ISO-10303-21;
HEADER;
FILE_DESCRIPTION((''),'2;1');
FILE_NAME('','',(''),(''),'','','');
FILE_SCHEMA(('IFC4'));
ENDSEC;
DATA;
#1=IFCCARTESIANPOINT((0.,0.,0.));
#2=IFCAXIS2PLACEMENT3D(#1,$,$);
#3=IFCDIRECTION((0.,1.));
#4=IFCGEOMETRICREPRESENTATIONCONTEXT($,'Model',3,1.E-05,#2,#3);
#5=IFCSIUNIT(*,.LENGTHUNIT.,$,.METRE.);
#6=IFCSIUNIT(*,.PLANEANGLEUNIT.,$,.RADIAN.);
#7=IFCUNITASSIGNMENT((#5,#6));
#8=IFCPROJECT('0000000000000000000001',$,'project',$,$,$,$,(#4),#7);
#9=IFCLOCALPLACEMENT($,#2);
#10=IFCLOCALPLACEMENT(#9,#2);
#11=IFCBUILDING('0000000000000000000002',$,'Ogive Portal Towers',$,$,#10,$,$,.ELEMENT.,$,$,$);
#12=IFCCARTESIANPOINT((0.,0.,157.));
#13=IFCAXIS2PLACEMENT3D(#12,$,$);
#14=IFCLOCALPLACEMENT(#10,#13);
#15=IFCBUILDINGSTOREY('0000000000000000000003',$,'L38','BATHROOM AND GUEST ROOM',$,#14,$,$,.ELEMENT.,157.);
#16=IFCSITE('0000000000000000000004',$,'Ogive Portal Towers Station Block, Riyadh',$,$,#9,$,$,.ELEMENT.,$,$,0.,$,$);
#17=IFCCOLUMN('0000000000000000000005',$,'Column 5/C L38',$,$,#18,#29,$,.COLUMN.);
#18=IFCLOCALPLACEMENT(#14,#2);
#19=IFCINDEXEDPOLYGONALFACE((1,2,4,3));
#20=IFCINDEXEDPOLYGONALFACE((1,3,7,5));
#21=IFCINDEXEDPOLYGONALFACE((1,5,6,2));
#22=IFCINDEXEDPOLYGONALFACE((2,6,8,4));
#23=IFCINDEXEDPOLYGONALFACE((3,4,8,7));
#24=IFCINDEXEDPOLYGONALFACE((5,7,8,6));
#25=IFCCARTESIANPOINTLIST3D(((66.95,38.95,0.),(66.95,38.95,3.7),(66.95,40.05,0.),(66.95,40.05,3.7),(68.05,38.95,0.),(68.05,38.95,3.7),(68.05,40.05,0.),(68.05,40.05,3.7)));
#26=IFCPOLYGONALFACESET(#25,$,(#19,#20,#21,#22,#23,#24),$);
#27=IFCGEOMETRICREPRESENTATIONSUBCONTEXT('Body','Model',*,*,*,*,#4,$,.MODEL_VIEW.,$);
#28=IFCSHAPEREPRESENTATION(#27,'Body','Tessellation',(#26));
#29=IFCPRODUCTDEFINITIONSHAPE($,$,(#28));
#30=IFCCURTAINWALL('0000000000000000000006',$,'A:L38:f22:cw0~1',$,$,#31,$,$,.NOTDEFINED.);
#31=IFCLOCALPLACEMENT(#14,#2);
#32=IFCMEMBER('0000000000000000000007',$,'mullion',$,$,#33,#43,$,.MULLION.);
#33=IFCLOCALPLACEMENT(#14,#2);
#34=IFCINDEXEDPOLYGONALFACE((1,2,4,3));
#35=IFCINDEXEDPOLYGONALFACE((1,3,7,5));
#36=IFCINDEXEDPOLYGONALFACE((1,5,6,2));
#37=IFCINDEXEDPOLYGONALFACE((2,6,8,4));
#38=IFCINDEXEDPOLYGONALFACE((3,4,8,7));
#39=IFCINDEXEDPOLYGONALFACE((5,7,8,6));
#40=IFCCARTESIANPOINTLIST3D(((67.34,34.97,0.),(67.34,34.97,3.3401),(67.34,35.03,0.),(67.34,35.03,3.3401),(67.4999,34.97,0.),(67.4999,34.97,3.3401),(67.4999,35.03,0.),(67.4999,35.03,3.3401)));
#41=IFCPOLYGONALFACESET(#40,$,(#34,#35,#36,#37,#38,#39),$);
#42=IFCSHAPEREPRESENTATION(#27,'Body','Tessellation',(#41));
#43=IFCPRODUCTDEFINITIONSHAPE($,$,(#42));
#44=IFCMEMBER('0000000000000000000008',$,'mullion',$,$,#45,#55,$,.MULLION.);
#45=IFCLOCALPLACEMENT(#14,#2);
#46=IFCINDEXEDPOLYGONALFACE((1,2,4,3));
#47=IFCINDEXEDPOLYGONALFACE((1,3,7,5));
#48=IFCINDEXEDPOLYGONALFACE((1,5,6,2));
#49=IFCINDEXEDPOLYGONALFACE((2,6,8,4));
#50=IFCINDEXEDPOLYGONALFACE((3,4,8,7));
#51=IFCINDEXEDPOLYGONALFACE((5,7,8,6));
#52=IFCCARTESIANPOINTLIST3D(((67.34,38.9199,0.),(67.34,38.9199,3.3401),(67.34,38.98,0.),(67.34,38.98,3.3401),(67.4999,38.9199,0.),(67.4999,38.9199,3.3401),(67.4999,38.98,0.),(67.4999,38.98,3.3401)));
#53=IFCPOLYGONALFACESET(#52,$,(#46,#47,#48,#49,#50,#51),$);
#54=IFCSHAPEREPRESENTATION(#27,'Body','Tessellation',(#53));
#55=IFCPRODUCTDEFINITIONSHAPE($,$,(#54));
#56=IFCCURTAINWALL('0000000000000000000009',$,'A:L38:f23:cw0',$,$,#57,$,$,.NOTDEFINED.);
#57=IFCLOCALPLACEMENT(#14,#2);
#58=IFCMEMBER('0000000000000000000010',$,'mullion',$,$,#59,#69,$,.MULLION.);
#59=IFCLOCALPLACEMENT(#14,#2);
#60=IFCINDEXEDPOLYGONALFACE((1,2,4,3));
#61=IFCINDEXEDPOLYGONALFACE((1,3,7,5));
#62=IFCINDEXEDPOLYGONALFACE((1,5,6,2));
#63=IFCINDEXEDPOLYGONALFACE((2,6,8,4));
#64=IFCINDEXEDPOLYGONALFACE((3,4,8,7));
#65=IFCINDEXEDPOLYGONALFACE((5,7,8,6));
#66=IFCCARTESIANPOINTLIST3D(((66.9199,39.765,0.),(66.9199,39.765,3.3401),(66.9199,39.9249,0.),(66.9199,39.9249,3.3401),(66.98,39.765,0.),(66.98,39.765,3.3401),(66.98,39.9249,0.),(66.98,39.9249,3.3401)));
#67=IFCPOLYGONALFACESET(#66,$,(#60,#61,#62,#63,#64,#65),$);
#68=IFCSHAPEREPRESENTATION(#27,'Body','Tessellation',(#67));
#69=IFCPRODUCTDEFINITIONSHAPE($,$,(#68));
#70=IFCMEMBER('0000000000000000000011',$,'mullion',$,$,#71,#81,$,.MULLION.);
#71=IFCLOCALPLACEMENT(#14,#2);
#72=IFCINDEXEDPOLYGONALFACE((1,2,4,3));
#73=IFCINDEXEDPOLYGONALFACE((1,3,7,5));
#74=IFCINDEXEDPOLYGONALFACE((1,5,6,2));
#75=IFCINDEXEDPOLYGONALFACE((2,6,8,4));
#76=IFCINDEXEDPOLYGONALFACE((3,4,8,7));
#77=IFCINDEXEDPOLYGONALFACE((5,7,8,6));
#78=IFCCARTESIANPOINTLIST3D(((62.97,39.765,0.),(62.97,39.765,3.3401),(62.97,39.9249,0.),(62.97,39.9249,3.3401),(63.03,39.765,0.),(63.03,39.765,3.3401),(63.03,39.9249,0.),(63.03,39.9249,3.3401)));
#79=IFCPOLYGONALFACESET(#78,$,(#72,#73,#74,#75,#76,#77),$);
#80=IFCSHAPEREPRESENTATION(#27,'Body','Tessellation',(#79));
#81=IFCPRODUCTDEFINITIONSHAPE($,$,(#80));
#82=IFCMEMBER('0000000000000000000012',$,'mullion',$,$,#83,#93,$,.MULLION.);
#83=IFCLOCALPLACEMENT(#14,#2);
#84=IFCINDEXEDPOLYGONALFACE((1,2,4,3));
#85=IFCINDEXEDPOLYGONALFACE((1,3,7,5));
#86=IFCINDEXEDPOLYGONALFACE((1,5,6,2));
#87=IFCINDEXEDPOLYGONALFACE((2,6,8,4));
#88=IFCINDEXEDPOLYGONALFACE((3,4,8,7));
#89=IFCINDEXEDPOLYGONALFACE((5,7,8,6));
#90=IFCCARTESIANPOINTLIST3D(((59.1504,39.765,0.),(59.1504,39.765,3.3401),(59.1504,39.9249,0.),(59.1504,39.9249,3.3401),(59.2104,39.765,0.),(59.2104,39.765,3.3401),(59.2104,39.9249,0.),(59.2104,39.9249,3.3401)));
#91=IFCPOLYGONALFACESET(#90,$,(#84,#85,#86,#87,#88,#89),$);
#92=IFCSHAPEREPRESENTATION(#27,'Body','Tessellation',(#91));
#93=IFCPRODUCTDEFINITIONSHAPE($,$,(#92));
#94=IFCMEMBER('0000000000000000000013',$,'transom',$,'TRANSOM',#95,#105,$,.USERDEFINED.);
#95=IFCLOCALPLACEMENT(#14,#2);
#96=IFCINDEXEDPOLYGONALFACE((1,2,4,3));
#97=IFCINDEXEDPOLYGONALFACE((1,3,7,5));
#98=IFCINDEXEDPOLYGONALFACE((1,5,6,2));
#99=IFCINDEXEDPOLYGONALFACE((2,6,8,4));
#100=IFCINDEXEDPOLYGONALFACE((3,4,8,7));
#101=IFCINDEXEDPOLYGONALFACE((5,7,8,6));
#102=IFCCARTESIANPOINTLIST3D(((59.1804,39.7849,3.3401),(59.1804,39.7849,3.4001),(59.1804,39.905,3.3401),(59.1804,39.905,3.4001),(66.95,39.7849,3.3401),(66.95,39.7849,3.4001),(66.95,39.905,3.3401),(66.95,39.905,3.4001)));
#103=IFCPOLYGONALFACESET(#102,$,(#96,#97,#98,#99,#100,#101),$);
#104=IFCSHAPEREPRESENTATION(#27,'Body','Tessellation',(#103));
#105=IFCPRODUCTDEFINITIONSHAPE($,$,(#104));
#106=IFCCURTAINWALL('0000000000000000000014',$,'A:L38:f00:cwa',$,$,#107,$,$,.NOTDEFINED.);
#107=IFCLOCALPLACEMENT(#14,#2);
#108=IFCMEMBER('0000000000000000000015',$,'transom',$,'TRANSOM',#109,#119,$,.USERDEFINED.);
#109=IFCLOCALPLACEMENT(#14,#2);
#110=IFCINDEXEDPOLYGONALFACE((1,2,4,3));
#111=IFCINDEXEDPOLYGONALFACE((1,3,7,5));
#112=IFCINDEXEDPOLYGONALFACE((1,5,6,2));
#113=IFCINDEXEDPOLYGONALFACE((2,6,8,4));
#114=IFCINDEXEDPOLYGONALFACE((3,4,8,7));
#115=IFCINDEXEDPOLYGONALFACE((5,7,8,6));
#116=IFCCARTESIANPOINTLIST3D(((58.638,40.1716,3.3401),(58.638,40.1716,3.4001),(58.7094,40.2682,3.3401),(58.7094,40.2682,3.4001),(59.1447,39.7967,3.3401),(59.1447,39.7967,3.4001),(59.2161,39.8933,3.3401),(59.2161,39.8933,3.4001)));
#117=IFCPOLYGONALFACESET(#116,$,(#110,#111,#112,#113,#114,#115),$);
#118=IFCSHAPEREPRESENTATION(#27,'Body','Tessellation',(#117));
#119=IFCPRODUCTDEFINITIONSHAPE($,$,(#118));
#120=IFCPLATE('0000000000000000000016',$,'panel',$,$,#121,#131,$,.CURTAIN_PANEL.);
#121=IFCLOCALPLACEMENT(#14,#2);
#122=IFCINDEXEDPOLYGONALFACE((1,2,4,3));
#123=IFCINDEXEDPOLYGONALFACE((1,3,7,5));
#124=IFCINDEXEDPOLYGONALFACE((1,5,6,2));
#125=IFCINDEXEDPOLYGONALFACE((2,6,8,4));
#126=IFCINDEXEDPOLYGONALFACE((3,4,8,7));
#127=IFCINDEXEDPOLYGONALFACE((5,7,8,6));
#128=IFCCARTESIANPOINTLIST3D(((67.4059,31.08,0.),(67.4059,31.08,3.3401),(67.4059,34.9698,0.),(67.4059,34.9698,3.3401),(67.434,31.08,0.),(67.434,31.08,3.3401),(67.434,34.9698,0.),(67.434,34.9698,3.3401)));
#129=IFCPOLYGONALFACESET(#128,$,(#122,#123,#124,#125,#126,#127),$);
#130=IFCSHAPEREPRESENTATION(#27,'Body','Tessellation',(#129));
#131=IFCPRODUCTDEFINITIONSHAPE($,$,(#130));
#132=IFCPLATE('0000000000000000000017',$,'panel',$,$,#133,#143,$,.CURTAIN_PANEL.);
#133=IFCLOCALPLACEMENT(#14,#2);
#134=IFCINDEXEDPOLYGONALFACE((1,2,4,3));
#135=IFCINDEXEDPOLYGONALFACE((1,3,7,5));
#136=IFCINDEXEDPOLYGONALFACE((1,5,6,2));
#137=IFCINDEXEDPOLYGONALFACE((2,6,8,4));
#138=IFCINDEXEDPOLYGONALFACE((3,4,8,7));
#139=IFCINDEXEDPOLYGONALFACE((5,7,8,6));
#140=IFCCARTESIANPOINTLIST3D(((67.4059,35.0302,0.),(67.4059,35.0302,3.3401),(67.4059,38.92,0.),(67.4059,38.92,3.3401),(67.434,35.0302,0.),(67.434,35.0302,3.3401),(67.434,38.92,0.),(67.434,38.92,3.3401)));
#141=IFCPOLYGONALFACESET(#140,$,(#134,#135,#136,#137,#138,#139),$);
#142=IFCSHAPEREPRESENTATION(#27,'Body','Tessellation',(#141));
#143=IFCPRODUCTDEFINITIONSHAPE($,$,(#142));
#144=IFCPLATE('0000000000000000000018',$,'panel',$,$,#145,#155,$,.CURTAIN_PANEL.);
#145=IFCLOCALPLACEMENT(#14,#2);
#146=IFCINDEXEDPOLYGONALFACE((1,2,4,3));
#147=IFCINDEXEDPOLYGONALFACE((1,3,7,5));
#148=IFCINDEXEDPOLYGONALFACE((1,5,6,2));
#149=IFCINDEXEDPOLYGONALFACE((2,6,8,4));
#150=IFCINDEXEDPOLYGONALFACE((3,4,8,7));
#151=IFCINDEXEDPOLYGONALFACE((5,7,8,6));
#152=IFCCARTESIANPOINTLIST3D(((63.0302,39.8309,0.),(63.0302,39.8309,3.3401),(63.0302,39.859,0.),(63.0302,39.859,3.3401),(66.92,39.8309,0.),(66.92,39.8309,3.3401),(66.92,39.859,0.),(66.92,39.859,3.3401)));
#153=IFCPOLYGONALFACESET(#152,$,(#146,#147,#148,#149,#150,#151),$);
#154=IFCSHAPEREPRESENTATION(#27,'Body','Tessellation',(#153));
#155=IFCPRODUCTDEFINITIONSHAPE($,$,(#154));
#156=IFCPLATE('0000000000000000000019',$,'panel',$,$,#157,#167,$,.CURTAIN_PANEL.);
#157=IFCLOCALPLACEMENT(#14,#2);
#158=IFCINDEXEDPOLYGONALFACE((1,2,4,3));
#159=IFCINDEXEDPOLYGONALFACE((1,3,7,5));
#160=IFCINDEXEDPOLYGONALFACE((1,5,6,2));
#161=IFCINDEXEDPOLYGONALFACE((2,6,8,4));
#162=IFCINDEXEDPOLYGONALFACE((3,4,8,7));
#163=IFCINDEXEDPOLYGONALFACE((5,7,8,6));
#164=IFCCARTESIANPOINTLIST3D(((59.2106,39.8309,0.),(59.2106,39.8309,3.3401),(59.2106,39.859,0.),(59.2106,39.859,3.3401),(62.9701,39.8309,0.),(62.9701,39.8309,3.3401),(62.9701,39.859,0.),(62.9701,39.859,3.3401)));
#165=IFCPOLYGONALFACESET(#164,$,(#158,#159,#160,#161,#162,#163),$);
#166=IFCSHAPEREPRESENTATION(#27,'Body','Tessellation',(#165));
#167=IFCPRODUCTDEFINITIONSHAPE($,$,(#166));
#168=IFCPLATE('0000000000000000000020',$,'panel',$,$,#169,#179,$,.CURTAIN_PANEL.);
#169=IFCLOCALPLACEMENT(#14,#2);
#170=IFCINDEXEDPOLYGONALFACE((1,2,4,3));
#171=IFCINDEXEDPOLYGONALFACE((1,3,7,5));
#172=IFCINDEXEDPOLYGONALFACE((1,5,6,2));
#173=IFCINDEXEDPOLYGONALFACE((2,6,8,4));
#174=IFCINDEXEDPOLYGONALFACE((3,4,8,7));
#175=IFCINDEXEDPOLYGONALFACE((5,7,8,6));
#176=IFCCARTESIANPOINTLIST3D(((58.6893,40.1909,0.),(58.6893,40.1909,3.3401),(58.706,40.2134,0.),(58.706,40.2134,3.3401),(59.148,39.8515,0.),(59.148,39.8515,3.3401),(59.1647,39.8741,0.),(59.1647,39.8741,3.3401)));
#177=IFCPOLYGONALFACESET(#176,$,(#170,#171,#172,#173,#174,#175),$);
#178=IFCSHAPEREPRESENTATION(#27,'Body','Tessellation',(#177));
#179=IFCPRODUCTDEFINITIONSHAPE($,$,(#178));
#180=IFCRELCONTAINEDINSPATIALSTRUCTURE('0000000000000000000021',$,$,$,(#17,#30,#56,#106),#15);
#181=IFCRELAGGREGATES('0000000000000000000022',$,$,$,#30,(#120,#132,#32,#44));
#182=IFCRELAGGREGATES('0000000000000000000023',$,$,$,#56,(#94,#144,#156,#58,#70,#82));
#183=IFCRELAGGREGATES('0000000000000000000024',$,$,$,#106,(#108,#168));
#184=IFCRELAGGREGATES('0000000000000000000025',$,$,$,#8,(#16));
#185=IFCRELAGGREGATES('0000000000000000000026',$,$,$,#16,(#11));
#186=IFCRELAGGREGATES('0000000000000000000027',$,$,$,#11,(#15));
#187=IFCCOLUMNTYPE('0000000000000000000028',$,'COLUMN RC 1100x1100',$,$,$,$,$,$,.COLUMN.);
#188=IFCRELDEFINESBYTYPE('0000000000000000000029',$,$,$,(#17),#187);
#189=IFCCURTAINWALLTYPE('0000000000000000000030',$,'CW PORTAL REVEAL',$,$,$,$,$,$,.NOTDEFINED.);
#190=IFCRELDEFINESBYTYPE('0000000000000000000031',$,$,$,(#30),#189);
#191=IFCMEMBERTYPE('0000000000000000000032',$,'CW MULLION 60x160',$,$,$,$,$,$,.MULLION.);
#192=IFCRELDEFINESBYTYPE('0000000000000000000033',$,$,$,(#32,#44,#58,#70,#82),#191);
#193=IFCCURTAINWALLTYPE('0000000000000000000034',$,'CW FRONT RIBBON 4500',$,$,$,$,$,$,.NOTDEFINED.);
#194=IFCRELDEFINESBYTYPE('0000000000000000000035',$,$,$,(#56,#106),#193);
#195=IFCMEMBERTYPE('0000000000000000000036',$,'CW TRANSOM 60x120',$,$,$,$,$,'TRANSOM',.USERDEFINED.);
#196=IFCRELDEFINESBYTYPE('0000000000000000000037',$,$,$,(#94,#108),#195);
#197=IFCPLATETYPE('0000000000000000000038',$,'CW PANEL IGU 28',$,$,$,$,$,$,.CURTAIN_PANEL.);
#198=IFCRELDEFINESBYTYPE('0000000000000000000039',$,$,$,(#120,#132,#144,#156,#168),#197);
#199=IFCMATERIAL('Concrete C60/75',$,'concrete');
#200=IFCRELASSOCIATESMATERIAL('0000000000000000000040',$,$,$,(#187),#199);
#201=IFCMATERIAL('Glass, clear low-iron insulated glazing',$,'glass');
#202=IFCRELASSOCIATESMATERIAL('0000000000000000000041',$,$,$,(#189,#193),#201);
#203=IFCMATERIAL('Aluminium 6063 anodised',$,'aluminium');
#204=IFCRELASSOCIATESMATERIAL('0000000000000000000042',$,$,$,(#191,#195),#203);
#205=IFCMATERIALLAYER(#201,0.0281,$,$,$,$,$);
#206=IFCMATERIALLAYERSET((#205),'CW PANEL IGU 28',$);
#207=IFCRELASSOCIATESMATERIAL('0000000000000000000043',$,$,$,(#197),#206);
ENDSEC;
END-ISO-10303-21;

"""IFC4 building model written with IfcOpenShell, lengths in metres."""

from ifc_helpers import new_model, si_unit, direction, frame, origin, origin_2d, place, context, subcontext, project, spatial, rectangle, extrude, material, layer, layer_set, material_profile, profile_set, type_object, element, aggregate, save


model = new_model("IFC4")

# Units and contexts
model_context = context("Model", 3, precision=1e-05, world=origin(), true_north=direction((0.0, 1.0)))
body_context = subcontext(model_context, "Body", "Model", "MODEL_VIEW")
ifc_project = project(units=[si_unit("LENGTHUNIT", "METRE"), si_unit("PLANEANGLEUNIT", "RADIAN")], contexts=[model_context])

# Site, building, storey
site_placement = place(None, origin())
site = spatial("IfcSite", under=ifc_project, at=site_placement, Name="Ogive Portal Towers Station Block, Riyadh", CompositionType="ELEMENT", RefElevation=0.0)
building_placement = place(site_placement, origin())
building = spatial("IfcBuilding", under=site, at=building_placement, Name="Ogive Portal Towers", CompositionType="ELEMENT")
storey_placement = place(building_placement, frame((0.0, 0.0, 157.0)))
storey = spatial("IfcBuildingStorey", under=building, at=storey_placement, Name="L38", Description="BATHROOM AND GUEST ROOM", CompositionType="ELEMENT", Elevation=157.0)

# Column
ifc_material_1 = material(Name="Concrete C60/75", Category="concrete")
ifc_material_profile_1 = material_profile(ifc_material_1, rectangle(XDim=1.1001, YDim=1.1001, at=origin_2d()), Name="RC 1100x1100")
ifc_profile_set_1 = profile_set([ifc_material_profile_1], Name="Concrete C60/75")
column_type = type_object("IfcColumnType", Name="COLUMN RC 1100x1100", PredefinedType="COLUMN", material=ifc_profile_set_1)
column_placement = place(storey_placement, frame((67.5, 39.5, 0.0), z_axis=(0.0, 0.0, 1.0), x_axis=(1.0, 0.0, 0.0)))
element("IfcColumn", 1, at=column_placement, inside=storey, type_object=column_type, Name="Column 5/C L38", PredefinedType="COLUMN", context=body_context, shape_type="SweptSolid", body=[
    extrude(rectangle(XDim=1.1001, YDim=1.1001, at=origin_2d()), origin(), (0.0, 0.0, 1.0), 3.7),
])

# Curtain walls, members
ifc_material_2 = material(Name="Glass, clear low-iron insulated glazing", Category="glass")
curtain_wall_type_1 = type_object("IfcCurtainWallType", Name="CW PORTAL REVEAL", PredefinedType="NOTDEFINED", material=ifc_material_2)
curtain_wall_1_placement = place(storey_placement, origin())
curtain_wall_1 = element("IfcCurtainWall", 2, at=curtain_wall_1_placement, inside=storey, type_object=curtain_wall_type_1, Name="A:L38:f22:cw0~1", PredefinedType="NOTDEFINED")
ifc_material_3 = material(Name="Aluminium 6063 anodised", Category="aluminium")
ifc_material_profile_2 = material_profile(ifc_material_3, rectangle(XDim=0.1599, YDim=0.0601, at=origin_2d()), Name="AL 60x160")
ifc_profile_set_2 = profile_set([ifc_material_profile_2], Name="Aluminium 6063 anodised")
member_type_1 = type_object("IfcMemberType", Name="CW MULLION 60x160", PredefinedType="MULLION", material=ifc_profile_set_2)
member_1_placement = place(storey_placement, frame((67.4199, 35.0, 0.0), z_axis=(0.0, 0.0, 1.0), x_axis=(-1.0, 0.0, 0.0)))
member_1 = element("IfcMember", 3, at=member_1_placement, type_object=member_type_1, Name="mullion", PredefinedType="MULLION", context=body_context, shape_type="SweptSolid", body=[
    extrude(rectangle(XDim=0.1599, YDim=0.0601, at=origin_2d()), origin(), (0.0, 0.0, 1.0), 3.3401),
])
member_2_placement = place(storey_placement, frame((67.4199, 38.95, 0.0), z_axis=(0.0, 0.0, 1.0), x_axis=(-1.0, 0.0, 0.0)))
member_2 = element("IfcMember", 4, at=member_2_placement, type_object=member_type_1, Name="mullion", PredefinedType="MULLION", context=body_context, shape_type="SweptSolid", body=[
    extrude(rectangle(XDim=0.1599, YDim=0.0601, at=origin_2d()), origin(), (0.0, 0.0, 1.0), 3.3401),
])
curtain_wall_type_2 = type_object("IfcCurtainWallType", Name="CW FRONT RIBBON 4500", PredefinedType="NOTDEFINED", material=ifc_material_2)
curtain_wall_2_placement = place(storey_placement, origin())
curtain_wall_2 = element("IfcCurtainWall", 5, at=curtain_wall_2_placement, inside=storey, type_object=curtain_wall_type_2, Name="A:L38:f23:cw0", PredefinedType="NOTDEFINED")
member_3_placement = place(storey_placement, frame((66.95, 39.845, 0.0), z_axis=(0.0, 0.0, 1.0), x_axis=(0.0, -1.0, 0.0)))
member_3 = element("IfcMember", 6, at=member_3_placement, type_object=member_type_1, Name="mullion", PredefinedType="MULLION", context=body_context, shape_type="SweptSolid", body=[
    extrude(rectangle(XDim=0.1599, YDim=0.0601, at=origin_2d()), origin(), (0.0, 0.0, 1.0), 3.3401),
])
member_4_placement = place(storey_placement, frame((63.0, 39.845, 0.0), z_axis=(0.0, 0.0, 1.0), x_axis=(0.0, -1.0, 0.0)))
member_4 = element("IfcMember", 7, at=member_4_placement, type_object=member_type_1, Name="mullion", PredefinedType="MULLION", context=body_context, shape_type="SweptSolid", body=[
    extrude(rectangle(XDim=0.1599, YDim=0.0601, at=origin_2d()), origin(), (0.0, 0.0, 1.0), 3.3401),
])
member_5_placement = place(storey_placement, frame((59.1804, 39.845, 0.0), z_axis=(0.0, 0.0, 1.0), x_axis=(0.0, -1.0, 0.0)))
member_5 = element("IfcMember", 8, at=member_5_placement, type_object=member_type_1, Name="mullion", PredefinedType="MULLION", context=body_context, shape_type="SweptSolid", body=[
    extrude(rectangle(XDim=0.1599, YDim=0.0601, at=origin_2d()), origin(), (0.0, 0.0, 1.0), 3.3401),
])
ifc_material_profile_3 = material_profile(ifc_material_3, rectangle(XDim=0.1201, YDim=0.0601, at=origin_2d()), Name="AL 120x60")
ifc_profile_set_3 = profile_set([ifc_material_profile_3], Name="Aluminium 6063 anodised")
member_type_2 = type_object("IfcMemberType", Name="CW TRANSOM 60x120", ElementType="TRANSOM", PredefinedType="USERDEFINED", material=ifc_profile_set_3)
member_6_placement = place(storey_placement, frame((66.95, 39.845, 3.3701), z_axis=(-1.0, 0.0, 0.0), x_axis=(0.0, -1.0, 0.0)))
member_6 = element("IfcMember", 9, at=member_6_placement, type_object=member_type_2, Name="transom", ObjectType="TRANSOM", PredefinedType="USERDEFINED", context=body_context, shape_type="SweptSolid", body=[
    extrude(rectangle(XDim=0.1201, YDim=0.0601, at=origin_2d()), origin(), (0.0, 0.0, 1.0), 7.7695),
])

# Curtain wall, member
curtain_wall_3_placement = place(storey_placement, origin())
curtain_wall_3 = element("IfcCurtainWall", 10, at=curtain_wall_3_placement, inside=storey, type_object=curtain_wall_type_2, Name="A:L38:f00:cwa", PredefinedType="NOTDEFINED")
member_7_placement = place(storey_placement, frame((59.1804, 39.845, 3.3701), z_axis=(-0.803886, 0.594783, 0.0), x_axis=(-0.594783, -0.803886, 0.0)))
member_7 = element("IfcMember", 11, at=member_7_placement, type_object=member_type_2, Name="transom", ObjectType="TRANSOM", PredefinedType="USERDEFINED", context=body_context, shape_type="SweptSolid", body=[
    extrude(rectangle(XDim=0.1201, YDim=0.0601, at=origin_2d()), origin(), (0.0, 0.0, 1.0), 0.6304),
])

# Plates
ifc_layer_1 = layer(ifc_material_2, 0.0281)
ifc_layer_set_1 = layer_set([ifc_layer_1], Name="CW PANEL IGU 28")
plate_type = type_object("IfcPlateType", Name="CW PANEL IGU 28", PredefinedType="CURTAIN_PANEL", material=ifc_layer_set_1)
plate_1_placement = place(storey_placement, frame((67.4199, 33.0249, 0.0), z_axis=(0.0, 0.0, 1.0), x_axis=(0.0, 1.0, 0.0)))
plate_1 = element("IfcPlate", 12, at=plate_1_placement, type_object=plate_type, Name="panel", PredefinedType="CURTAIN_PANEL", context=body_context, shape_type="SweptSolid", body=[
    extrude(rectangle(XDim=3.8899, YDim=0.0281, at=origin_2d()), origin(), (0.0, 0.0, 1.0), 3.3401),
])
plate_2_placement = place(storey_placement, frame((67.4199, 36.9751, 0.0), z_axis=(0.0, 0.0, 1.0), x_axis=(0.0, 1.0, 0.0)))
plate_2 = element("IfcPlate", 13, at=plate_2_placement, type_object=plate_type, Name="panel", PredefinedType="CURTAIN_PANEL", context=body_context, shape_type="SweptSolid", body=[
    extrude(rectangle(XDim=3.8899, YDim=0.0281, at=origin_2d()), origin(), (0.0, 0.0, 1.0), 3.3401),
])
aggregate(curtain_wall_1, [plate_1, plate_2, member_1, member_2])
plate_3_placement = place(storey_placement, frame((64.9751, 39.845, 0.0), z_axis=(0.0, 0.0, 1.0), x_axis=(-1.0, 0.0, 0.0)))
plate_3 = element("IfcPlate", 14, at=plate_3_placement, type_object=plate_type, Name="panel", PredefinedType="CURTAIN_PANEL", context=body_context, shape_type="SweptSolid", body=[
    extrude(rectangle(XDim=3.8899, YDim=0.0281, at=origin_2d()), origin(), (0.0, 0.0, 1.0), 3.3401),
])
plate_4_placement = place(storey_placement, frame((61.0903, 39.845, 0.0), z_axis=(0.0, 0.0, 1.0), x_axis=(-1.0, 0.0, 0.0)))
plate_4 = element("IfcPlate", 15, at=plate_4_placement, type_object=plate_type, Name="panel", PredefinedType="CURTAIN_PANEL", context=body_context, shape_type="SweptSolid", body=[
    extrude(rectangle(XDim=3.7595, YDim=0.0281, at=origin_2d()), origin(), (0.0, 0.0, 1.0), 3.3401),
])
aggregate(curtain_wall_2, [member_6, plate_3, plate_4, member_3, member_4, member_5])
plate_5_placement = place(storey_placement, frame((58.927, 40.0325, 0.0), z_axis=(0.0, 0.0, 1.0), x_axis=(-0.803867, 0.594809, 0.0)))
plate_5 = element("IfcPlate", 16, at=plate_5_placement, type_object=plate_type, Name="panel", PredefinedType="CURTAIN_PANEL", context=body_context, shape_type="SweptSolid", body=[
    extrude(rectangle(XDim=0.5706, YDim=0.0281, at=origin_2d()), origin(), (0.0, 0.0, 1.0), 3.3401),
])
aggregate(curtain_wall_3, [member_7, plate_5])

save(model, "model.ifc")
